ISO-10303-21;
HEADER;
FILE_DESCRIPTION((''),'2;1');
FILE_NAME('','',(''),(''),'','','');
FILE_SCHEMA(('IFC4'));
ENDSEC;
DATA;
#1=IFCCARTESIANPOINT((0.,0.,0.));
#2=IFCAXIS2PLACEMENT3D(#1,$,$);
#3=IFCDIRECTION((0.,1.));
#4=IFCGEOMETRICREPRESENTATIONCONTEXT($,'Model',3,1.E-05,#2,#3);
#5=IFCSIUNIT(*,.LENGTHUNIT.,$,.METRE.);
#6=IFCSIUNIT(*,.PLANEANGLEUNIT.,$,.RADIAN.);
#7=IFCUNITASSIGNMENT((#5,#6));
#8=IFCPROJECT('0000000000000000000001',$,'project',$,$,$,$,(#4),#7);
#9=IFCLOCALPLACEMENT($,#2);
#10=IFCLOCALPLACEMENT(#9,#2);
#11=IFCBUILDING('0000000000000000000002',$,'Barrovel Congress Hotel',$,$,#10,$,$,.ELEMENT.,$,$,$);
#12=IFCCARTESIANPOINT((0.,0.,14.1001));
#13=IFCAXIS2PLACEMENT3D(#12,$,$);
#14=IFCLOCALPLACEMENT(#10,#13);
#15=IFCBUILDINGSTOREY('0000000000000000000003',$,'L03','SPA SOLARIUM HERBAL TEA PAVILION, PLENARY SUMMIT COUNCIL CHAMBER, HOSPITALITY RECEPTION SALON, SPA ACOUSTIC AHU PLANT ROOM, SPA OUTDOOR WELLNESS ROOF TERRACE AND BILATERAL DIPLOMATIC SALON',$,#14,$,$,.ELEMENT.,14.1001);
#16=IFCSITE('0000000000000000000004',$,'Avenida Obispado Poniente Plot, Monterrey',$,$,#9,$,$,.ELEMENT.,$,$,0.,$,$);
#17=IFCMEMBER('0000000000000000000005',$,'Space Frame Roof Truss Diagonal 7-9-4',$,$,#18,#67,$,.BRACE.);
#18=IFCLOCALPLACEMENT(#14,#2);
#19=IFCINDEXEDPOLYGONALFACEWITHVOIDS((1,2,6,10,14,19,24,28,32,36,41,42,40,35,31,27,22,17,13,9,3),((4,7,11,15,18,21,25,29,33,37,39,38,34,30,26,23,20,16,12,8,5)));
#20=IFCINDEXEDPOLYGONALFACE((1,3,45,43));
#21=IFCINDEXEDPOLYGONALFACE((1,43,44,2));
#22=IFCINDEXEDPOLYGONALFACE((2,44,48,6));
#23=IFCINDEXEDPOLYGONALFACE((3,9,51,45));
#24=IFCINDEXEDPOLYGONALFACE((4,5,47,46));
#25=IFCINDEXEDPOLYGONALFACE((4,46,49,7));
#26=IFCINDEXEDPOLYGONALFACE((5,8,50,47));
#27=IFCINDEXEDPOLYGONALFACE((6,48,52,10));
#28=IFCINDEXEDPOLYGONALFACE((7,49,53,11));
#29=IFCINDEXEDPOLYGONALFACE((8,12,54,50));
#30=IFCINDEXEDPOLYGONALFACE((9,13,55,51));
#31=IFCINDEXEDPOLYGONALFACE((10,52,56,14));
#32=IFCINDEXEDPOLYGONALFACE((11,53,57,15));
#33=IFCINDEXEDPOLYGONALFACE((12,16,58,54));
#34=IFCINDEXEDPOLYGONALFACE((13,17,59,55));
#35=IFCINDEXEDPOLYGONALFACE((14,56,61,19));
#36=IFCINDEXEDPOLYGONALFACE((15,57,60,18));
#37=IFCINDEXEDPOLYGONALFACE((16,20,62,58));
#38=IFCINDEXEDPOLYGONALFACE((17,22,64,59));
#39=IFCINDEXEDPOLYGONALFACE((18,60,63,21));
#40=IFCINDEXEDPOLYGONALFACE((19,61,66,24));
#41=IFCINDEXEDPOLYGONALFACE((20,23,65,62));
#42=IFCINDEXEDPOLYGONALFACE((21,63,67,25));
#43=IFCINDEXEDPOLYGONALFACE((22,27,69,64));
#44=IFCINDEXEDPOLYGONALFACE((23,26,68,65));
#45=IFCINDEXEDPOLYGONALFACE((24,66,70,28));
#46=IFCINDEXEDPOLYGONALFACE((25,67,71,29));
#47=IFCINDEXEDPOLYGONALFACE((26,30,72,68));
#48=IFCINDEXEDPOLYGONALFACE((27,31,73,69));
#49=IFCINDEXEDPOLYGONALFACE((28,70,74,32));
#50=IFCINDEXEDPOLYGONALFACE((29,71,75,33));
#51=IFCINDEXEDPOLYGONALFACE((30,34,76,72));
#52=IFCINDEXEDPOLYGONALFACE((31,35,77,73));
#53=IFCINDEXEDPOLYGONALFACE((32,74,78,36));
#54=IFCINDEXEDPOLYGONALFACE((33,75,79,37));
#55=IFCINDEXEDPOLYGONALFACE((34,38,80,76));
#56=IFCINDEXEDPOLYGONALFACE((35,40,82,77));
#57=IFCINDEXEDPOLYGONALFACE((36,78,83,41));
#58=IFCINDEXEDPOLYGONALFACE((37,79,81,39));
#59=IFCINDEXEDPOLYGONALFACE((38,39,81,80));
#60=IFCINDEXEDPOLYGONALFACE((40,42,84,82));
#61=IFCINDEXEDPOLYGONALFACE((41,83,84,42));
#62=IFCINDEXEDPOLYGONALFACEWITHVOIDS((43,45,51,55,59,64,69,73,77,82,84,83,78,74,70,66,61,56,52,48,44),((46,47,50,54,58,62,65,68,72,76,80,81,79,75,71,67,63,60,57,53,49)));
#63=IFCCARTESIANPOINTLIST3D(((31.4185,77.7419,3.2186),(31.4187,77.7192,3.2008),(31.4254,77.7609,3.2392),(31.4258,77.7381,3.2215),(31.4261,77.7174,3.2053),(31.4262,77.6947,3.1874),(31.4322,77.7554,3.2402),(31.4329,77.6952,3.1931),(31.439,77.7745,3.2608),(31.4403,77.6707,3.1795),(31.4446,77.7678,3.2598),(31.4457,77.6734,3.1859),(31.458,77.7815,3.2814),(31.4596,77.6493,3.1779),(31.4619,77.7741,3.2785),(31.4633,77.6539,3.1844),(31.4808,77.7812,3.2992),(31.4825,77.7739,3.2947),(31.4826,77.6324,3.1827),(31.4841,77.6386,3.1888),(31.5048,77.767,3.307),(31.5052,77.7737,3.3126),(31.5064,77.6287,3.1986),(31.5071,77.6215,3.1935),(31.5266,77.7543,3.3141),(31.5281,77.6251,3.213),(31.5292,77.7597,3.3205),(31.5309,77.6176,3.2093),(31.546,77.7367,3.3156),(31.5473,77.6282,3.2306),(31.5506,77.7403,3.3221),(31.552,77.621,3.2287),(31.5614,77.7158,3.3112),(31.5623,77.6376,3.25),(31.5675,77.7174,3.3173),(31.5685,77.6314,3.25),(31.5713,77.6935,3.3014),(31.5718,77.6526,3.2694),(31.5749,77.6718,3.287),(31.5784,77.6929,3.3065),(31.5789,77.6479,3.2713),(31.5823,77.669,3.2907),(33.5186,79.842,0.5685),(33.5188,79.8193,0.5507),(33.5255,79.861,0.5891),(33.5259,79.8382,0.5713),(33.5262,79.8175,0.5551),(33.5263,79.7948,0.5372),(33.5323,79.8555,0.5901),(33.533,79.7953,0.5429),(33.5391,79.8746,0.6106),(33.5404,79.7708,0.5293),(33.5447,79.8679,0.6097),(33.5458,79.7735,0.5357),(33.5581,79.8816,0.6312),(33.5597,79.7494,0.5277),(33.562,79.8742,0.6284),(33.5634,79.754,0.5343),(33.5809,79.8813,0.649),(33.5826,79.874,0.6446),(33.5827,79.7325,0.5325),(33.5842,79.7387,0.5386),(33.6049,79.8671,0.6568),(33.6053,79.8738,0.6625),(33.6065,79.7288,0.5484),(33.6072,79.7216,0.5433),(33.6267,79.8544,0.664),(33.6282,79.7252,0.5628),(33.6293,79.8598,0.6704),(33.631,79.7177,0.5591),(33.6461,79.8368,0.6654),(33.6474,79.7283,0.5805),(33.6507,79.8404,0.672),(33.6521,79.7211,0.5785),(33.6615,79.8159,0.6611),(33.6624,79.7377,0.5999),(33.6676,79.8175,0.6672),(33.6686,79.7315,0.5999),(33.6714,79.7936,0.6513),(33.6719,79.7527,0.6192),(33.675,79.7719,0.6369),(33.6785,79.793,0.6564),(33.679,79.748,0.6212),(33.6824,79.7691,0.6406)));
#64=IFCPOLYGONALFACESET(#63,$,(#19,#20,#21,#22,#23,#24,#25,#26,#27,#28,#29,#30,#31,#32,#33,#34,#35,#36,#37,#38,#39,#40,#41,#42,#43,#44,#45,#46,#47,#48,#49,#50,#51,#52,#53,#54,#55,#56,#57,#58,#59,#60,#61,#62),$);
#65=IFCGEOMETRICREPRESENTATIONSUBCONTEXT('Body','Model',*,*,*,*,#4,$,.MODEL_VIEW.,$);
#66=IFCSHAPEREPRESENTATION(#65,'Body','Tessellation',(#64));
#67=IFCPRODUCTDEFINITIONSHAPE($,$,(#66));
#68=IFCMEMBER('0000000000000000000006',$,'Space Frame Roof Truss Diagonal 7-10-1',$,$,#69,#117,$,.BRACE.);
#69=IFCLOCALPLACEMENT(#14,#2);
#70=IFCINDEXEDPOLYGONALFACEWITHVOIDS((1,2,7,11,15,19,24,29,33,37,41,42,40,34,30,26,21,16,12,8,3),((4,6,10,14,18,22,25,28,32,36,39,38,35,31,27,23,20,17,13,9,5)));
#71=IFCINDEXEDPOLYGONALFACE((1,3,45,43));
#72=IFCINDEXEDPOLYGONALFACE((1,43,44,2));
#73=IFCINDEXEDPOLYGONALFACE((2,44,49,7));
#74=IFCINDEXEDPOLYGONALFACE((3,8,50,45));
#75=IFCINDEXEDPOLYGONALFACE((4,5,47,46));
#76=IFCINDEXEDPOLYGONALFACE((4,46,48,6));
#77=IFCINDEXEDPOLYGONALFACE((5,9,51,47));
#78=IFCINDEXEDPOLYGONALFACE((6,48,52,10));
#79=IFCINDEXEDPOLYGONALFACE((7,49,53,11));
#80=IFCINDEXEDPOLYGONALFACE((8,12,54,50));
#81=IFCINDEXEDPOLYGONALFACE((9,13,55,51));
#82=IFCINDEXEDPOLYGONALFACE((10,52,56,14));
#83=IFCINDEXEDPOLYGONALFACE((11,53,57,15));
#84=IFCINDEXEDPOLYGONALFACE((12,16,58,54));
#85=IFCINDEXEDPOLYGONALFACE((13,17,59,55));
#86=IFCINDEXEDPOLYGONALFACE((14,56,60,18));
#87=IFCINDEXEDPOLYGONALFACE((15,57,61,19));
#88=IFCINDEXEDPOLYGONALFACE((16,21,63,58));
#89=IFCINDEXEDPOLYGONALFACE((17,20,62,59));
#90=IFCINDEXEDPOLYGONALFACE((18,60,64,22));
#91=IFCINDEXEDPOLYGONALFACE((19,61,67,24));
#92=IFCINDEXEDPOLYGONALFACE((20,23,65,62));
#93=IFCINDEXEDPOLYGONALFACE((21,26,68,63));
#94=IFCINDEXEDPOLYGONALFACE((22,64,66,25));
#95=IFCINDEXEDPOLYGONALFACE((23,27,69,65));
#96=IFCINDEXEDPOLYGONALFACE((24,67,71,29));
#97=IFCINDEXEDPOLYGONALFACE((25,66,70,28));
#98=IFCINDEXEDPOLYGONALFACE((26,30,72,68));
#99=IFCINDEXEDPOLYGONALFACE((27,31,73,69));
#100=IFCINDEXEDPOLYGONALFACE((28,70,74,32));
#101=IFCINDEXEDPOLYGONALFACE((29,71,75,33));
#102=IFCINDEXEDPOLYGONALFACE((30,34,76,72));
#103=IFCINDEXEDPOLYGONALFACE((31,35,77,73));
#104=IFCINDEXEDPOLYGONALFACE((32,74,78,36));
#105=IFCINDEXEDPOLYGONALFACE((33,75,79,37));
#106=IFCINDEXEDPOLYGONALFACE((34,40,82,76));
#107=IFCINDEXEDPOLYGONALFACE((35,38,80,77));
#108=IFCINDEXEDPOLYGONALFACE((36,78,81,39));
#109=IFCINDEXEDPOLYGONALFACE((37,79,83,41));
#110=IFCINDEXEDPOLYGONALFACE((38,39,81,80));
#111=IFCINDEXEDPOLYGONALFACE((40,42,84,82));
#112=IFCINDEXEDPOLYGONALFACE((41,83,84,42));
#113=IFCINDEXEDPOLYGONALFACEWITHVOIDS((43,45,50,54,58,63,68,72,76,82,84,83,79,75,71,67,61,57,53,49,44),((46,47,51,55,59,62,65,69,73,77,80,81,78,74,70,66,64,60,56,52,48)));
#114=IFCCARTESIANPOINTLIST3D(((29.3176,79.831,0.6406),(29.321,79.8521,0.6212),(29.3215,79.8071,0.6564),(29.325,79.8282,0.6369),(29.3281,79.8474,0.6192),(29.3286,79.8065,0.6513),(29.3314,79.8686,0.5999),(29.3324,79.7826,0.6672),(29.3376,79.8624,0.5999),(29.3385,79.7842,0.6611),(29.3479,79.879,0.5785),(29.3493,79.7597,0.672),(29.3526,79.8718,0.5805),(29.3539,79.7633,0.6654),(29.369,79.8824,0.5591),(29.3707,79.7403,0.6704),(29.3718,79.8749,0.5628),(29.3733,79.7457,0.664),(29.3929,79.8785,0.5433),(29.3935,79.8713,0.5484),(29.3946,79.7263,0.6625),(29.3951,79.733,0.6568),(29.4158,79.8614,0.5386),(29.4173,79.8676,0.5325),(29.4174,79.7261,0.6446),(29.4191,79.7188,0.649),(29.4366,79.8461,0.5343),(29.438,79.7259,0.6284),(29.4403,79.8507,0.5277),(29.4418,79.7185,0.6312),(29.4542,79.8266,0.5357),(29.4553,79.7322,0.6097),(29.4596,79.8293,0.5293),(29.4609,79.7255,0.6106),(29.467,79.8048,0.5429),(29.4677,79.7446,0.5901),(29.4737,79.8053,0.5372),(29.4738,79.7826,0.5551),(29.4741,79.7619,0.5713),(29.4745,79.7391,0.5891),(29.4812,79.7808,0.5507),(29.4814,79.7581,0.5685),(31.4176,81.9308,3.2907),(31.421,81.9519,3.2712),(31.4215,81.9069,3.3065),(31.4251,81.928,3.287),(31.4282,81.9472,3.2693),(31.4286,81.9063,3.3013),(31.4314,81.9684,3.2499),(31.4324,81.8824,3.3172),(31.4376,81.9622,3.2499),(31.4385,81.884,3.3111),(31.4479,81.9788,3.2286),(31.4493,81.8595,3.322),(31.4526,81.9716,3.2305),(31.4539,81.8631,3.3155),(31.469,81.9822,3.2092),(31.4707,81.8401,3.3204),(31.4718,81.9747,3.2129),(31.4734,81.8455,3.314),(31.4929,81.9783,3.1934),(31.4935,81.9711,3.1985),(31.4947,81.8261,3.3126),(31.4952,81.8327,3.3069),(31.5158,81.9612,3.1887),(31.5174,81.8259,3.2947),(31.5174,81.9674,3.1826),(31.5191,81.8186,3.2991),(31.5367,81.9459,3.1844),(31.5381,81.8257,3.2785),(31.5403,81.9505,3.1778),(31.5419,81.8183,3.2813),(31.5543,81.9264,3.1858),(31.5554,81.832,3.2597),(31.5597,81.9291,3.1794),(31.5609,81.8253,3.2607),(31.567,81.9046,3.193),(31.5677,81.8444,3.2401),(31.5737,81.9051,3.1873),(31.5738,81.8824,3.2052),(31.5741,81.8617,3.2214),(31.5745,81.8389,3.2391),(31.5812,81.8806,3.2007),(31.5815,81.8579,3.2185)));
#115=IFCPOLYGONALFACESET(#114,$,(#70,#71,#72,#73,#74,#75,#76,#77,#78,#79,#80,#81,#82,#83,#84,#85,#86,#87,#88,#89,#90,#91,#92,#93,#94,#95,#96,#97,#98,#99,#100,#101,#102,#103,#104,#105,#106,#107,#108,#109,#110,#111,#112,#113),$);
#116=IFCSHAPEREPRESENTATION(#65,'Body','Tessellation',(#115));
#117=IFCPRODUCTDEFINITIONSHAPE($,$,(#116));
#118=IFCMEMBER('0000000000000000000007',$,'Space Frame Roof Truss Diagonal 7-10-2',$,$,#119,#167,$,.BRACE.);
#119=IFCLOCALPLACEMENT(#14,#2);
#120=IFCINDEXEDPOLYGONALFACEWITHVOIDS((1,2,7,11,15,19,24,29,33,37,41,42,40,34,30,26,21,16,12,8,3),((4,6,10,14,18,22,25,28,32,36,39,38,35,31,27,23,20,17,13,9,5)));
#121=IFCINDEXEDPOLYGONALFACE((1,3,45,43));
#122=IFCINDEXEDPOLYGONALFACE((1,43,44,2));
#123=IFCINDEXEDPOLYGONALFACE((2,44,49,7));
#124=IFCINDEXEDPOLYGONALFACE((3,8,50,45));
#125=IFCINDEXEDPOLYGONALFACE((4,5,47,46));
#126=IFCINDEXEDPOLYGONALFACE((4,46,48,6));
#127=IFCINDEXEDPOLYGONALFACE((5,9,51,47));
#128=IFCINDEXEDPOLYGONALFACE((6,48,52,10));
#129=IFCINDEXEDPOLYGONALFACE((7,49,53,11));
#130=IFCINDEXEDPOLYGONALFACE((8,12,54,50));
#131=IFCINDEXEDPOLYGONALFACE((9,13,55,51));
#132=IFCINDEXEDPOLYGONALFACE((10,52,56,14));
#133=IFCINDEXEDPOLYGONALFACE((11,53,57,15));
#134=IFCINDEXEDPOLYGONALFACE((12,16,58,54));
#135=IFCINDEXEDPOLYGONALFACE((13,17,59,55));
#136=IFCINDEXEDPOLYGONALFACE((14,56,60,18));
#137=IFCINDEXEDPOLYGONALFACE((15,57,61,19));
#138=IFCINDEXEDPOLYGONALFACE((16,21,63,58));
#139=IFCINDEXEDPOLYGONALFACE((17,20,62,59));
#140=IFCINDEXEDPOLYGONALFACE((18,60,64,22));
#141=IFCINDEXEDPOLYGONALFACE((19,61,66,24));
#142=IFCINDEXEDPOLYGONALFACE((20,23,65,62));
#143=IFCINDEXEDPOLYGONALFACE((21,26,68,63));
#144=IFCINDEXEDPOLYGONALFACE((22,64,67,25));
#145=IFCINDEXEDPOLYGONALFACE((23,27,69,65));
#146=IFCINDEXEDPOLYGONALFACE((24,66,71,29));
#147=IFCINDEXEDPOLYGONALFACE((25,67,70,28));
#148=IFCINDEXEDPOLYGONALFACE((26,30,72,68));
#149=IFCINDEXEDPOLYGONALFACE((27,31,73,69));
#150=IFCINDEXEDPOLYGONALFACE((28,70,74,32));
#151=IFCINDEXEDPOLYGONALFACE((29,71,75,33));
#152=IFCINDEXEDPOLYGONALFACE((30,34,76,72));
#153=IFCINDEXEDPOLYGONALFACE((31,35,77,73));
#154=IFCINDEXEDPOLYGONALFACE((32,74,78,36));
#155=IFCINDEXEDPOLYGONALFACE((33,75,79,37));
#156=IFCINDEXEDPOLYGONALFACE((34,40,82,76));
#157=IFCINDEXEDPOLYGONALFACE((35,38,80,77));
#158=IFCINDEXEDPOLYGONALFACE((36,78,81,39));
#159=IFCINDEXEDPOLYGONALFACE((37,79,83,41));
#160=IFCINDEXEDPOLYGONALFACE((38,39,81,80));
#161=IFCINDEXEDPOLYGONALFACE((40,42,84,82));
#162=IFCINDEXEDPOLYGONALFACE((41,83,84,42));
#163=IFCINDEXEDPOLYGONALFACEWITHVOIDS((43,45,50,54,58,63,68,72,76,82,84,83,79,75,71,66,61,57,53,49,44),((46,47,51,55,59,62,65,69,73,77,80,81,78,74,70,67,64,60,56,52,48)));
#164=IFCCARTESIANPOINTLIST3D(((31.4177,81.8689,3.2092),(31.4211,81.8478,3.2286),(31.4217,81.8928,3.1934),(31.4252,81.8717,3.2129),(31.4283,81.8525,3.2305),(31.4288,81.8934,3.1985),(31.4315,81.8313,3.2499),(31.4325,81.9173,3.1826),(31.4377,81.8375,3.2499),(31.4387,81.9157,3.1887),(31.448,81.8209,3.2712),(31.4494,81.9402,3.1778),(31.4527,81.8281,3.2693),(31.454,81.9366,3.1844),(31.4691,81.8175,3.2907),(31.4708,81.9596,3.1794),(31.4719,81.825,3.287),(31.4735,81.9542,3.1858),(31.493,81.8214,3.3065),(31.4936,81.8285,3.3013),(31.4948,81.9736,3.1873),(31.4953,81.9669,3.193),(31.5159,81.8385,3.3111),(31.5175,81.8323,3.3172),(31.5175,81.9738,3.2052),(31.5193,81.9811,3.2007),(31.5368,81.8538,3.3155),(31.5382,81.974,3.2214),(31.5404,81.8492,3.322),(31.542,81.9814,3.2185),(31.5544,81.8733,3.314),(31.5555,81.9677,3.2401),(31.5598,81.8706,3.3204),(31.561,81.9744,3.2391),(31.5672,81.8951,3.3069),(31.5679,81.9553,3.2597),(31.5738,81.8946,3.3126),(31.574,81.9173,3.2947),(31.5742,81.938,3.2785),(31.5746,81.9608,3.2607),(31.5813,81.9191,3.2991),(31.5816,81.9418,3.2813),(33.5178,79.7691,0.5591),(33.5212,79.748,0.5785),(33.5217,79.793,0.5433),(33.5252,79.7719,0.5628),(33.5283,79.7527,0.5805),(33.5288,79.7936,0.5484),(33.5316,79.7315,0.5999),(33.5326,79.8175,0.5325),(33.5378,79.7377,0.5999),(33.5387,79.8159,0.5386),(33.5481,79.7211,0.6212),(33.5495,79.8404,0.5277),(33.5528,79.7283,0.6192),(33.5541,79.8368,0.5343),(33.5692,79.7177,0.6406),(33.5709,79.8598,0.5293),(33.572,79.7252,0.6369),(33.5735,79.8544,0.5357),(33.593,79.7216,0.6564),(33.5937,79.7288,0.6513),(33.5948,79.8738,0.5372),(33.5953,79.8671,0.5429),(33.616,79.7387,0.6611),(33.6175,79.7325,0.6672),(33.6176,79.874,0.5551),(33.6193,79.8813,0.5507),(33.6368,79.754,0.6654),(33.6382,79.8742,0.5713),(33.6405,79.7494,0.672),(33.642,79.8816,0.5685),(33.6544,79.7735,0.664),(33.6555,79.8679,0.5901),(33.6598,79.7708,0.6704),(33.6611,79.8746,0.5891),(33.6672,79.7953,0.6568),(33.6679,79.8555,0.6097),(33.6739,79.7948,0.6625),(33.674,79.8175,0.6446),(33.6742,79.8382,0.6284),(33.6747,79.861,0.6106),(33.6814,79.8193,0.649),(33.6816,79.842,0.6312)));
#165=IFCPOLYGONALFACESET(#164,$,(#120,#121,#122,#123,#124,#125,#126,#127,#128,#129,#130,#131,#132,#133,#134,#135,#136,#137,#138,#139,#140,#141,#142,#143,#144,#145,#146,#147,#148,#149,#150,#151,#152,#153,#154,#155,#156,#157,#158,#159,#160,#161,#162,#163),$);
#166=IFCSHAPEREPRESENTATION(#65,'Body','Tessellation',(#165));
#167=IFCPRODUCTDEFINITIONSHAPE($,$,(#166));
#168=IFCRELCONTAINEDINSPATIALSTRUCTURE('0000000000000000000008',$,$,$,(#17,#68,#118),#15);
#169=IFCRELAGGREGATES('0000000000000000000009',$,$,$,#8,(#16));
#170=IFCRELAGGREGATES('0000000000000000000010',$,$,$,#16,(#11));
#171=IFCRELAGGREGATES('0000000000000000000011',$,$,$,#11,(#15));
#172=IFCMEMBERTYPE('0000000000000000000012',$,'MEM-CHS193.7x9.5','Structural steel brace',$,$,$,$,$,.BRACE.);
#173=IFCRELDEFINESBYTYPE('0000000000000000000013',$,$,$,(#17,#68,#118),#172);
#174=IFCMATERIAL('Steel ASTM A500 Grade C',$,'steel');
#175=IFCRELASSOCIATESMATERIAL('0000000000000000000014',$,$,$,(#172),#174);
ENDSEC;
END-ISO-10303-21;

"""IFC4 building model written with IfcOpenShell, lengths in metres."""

from ifc_helpers import new_model, si_unit, direction, frame, origin, origin_2d, place, context, subcontext, project, spatial, hollow_circle, extrude, material, material_profile, profile_set, type_object, element, save


model = new_model("IFC4")

# Units and contexts
model_context = context("Model", 3, precision=1e-05, world=origin(), true_north=direction((0.0, 1.0)))
body_context = subcontext(model_context, "Body", "Model", "MODEL_VIEW")
ifc_project = project(units=[si_unit("LENGTHUNIT", "METRE"), si_unit("PLANEANGLEUNIT", "RADIAN")], contexts=[model_context])

# Site, building, storey
site_placement = place(None, origin())
site = spatial("IfcSite", under=ifc_project, at=site_placement, Name="Avenida Obispado Poniente Plot, Monterrey", CompositionType="ELEMENT", RefElevation=0.0)
building_placement = place(site_placement, origin())
building = spatial("IfcBuilding", under=site, at=building_placement, Name="Barrovel Congress Hotel", CompositionType="ELEMENT")
storey_placement = place(building_placement, frame((0.0, 0.0, 14.1001)))
storey = spatial("IfcBuildingStorey", under=building, at=storey_placement, Name="L03", Description="SPA SOLARIUM HERBAL TEA PAVILION, PLENARY SUMMIT COUNCIL CHAMBER, HOSPITALITY RECEPTION SALON, SPA ACOUSTIC AHU PLANT ROOM, SPA OUTDOOR WELLNESS ROOF TERRACE AND BILATERAL DIPLOMATIC SALON", CompositionType="ELEMENT", Elevation=14.1001)

# Members
ifc_material_1 = material(Name="Steel ASTM A500 Grade C", Category="steel")
ifc_material_profile_1 = material_profile(ifc_material_1, hollow_circle(Radius=0.0969, WallThickness=0.0088, at=origin_2d()), Name="CHS193.7x9.5")
ifc_profile_set_1 = profile_set([ifc_material_profile_1], Name="Steel ASTM A500 Grade C")
member_type_1 = type_object("IfcMemberType", Name="MEM-CHS193.7x9.5", Description="Structural steel brace", PredefinedType="BRACE", material=ifc_profile_set_1)
for number, where, z_axis, x_axis, name in (
    (1, (33.6001, 79.8, 0.5999), (-0.527601, -0.527601, 0.665788), (0.707107, -0.707107, 0.0), "Space Frame Roof Truss Diagonal 7-9-4"),
):
    element("IfcMember", number, at=place(storey_placement, frame(where, z_axis=z_axis, x_axis=x_axis)), inside=storey, type_object=member_type_1, Name=name, PredefinedType="BRACE", context=body_context, shape_type="SweptSolid", body=[
        extrude(hollow_circle(Radius=0.0969, WallThickness=0.0088, at=origin_2d()), origin(), (0.0, 0.0, 1.0), 3.9805),
    ])
for number, where, z_axis, x_axis, name in (
    (2, (29.3999, 79.8, 0.5999), (0.527618, 0.527557, 0.66581), (-0.707066, 0.707148, 0.0), "Space Frame Roof Truss Diagonal 7-10-1"),
    (3, (33.6001, 79.8, 0.5999), (-0.527618, 0.527557, 0.66581), (-0.707066, -0.707148, 0.0), "Space Frame Roof Truss Diagonal 7-10-2"),
):
    element("IfcMember", number, at=place(storey_placement, frame(where, z_axis=z_axis, x_axis=x_axis)), inside=storey, type_object=member_type_1, Name=name, PredefinedType="BRACE", context=body_context, shape_type="SweptSolid", body=[
        extrude(hollow_circle(Radius=0.0969, WallThickness=0.0088, at=origin_2d()), origin(), (0.0, 0.0, 1.0), 3.9802),
    ])

save(model, "model.ifc")
